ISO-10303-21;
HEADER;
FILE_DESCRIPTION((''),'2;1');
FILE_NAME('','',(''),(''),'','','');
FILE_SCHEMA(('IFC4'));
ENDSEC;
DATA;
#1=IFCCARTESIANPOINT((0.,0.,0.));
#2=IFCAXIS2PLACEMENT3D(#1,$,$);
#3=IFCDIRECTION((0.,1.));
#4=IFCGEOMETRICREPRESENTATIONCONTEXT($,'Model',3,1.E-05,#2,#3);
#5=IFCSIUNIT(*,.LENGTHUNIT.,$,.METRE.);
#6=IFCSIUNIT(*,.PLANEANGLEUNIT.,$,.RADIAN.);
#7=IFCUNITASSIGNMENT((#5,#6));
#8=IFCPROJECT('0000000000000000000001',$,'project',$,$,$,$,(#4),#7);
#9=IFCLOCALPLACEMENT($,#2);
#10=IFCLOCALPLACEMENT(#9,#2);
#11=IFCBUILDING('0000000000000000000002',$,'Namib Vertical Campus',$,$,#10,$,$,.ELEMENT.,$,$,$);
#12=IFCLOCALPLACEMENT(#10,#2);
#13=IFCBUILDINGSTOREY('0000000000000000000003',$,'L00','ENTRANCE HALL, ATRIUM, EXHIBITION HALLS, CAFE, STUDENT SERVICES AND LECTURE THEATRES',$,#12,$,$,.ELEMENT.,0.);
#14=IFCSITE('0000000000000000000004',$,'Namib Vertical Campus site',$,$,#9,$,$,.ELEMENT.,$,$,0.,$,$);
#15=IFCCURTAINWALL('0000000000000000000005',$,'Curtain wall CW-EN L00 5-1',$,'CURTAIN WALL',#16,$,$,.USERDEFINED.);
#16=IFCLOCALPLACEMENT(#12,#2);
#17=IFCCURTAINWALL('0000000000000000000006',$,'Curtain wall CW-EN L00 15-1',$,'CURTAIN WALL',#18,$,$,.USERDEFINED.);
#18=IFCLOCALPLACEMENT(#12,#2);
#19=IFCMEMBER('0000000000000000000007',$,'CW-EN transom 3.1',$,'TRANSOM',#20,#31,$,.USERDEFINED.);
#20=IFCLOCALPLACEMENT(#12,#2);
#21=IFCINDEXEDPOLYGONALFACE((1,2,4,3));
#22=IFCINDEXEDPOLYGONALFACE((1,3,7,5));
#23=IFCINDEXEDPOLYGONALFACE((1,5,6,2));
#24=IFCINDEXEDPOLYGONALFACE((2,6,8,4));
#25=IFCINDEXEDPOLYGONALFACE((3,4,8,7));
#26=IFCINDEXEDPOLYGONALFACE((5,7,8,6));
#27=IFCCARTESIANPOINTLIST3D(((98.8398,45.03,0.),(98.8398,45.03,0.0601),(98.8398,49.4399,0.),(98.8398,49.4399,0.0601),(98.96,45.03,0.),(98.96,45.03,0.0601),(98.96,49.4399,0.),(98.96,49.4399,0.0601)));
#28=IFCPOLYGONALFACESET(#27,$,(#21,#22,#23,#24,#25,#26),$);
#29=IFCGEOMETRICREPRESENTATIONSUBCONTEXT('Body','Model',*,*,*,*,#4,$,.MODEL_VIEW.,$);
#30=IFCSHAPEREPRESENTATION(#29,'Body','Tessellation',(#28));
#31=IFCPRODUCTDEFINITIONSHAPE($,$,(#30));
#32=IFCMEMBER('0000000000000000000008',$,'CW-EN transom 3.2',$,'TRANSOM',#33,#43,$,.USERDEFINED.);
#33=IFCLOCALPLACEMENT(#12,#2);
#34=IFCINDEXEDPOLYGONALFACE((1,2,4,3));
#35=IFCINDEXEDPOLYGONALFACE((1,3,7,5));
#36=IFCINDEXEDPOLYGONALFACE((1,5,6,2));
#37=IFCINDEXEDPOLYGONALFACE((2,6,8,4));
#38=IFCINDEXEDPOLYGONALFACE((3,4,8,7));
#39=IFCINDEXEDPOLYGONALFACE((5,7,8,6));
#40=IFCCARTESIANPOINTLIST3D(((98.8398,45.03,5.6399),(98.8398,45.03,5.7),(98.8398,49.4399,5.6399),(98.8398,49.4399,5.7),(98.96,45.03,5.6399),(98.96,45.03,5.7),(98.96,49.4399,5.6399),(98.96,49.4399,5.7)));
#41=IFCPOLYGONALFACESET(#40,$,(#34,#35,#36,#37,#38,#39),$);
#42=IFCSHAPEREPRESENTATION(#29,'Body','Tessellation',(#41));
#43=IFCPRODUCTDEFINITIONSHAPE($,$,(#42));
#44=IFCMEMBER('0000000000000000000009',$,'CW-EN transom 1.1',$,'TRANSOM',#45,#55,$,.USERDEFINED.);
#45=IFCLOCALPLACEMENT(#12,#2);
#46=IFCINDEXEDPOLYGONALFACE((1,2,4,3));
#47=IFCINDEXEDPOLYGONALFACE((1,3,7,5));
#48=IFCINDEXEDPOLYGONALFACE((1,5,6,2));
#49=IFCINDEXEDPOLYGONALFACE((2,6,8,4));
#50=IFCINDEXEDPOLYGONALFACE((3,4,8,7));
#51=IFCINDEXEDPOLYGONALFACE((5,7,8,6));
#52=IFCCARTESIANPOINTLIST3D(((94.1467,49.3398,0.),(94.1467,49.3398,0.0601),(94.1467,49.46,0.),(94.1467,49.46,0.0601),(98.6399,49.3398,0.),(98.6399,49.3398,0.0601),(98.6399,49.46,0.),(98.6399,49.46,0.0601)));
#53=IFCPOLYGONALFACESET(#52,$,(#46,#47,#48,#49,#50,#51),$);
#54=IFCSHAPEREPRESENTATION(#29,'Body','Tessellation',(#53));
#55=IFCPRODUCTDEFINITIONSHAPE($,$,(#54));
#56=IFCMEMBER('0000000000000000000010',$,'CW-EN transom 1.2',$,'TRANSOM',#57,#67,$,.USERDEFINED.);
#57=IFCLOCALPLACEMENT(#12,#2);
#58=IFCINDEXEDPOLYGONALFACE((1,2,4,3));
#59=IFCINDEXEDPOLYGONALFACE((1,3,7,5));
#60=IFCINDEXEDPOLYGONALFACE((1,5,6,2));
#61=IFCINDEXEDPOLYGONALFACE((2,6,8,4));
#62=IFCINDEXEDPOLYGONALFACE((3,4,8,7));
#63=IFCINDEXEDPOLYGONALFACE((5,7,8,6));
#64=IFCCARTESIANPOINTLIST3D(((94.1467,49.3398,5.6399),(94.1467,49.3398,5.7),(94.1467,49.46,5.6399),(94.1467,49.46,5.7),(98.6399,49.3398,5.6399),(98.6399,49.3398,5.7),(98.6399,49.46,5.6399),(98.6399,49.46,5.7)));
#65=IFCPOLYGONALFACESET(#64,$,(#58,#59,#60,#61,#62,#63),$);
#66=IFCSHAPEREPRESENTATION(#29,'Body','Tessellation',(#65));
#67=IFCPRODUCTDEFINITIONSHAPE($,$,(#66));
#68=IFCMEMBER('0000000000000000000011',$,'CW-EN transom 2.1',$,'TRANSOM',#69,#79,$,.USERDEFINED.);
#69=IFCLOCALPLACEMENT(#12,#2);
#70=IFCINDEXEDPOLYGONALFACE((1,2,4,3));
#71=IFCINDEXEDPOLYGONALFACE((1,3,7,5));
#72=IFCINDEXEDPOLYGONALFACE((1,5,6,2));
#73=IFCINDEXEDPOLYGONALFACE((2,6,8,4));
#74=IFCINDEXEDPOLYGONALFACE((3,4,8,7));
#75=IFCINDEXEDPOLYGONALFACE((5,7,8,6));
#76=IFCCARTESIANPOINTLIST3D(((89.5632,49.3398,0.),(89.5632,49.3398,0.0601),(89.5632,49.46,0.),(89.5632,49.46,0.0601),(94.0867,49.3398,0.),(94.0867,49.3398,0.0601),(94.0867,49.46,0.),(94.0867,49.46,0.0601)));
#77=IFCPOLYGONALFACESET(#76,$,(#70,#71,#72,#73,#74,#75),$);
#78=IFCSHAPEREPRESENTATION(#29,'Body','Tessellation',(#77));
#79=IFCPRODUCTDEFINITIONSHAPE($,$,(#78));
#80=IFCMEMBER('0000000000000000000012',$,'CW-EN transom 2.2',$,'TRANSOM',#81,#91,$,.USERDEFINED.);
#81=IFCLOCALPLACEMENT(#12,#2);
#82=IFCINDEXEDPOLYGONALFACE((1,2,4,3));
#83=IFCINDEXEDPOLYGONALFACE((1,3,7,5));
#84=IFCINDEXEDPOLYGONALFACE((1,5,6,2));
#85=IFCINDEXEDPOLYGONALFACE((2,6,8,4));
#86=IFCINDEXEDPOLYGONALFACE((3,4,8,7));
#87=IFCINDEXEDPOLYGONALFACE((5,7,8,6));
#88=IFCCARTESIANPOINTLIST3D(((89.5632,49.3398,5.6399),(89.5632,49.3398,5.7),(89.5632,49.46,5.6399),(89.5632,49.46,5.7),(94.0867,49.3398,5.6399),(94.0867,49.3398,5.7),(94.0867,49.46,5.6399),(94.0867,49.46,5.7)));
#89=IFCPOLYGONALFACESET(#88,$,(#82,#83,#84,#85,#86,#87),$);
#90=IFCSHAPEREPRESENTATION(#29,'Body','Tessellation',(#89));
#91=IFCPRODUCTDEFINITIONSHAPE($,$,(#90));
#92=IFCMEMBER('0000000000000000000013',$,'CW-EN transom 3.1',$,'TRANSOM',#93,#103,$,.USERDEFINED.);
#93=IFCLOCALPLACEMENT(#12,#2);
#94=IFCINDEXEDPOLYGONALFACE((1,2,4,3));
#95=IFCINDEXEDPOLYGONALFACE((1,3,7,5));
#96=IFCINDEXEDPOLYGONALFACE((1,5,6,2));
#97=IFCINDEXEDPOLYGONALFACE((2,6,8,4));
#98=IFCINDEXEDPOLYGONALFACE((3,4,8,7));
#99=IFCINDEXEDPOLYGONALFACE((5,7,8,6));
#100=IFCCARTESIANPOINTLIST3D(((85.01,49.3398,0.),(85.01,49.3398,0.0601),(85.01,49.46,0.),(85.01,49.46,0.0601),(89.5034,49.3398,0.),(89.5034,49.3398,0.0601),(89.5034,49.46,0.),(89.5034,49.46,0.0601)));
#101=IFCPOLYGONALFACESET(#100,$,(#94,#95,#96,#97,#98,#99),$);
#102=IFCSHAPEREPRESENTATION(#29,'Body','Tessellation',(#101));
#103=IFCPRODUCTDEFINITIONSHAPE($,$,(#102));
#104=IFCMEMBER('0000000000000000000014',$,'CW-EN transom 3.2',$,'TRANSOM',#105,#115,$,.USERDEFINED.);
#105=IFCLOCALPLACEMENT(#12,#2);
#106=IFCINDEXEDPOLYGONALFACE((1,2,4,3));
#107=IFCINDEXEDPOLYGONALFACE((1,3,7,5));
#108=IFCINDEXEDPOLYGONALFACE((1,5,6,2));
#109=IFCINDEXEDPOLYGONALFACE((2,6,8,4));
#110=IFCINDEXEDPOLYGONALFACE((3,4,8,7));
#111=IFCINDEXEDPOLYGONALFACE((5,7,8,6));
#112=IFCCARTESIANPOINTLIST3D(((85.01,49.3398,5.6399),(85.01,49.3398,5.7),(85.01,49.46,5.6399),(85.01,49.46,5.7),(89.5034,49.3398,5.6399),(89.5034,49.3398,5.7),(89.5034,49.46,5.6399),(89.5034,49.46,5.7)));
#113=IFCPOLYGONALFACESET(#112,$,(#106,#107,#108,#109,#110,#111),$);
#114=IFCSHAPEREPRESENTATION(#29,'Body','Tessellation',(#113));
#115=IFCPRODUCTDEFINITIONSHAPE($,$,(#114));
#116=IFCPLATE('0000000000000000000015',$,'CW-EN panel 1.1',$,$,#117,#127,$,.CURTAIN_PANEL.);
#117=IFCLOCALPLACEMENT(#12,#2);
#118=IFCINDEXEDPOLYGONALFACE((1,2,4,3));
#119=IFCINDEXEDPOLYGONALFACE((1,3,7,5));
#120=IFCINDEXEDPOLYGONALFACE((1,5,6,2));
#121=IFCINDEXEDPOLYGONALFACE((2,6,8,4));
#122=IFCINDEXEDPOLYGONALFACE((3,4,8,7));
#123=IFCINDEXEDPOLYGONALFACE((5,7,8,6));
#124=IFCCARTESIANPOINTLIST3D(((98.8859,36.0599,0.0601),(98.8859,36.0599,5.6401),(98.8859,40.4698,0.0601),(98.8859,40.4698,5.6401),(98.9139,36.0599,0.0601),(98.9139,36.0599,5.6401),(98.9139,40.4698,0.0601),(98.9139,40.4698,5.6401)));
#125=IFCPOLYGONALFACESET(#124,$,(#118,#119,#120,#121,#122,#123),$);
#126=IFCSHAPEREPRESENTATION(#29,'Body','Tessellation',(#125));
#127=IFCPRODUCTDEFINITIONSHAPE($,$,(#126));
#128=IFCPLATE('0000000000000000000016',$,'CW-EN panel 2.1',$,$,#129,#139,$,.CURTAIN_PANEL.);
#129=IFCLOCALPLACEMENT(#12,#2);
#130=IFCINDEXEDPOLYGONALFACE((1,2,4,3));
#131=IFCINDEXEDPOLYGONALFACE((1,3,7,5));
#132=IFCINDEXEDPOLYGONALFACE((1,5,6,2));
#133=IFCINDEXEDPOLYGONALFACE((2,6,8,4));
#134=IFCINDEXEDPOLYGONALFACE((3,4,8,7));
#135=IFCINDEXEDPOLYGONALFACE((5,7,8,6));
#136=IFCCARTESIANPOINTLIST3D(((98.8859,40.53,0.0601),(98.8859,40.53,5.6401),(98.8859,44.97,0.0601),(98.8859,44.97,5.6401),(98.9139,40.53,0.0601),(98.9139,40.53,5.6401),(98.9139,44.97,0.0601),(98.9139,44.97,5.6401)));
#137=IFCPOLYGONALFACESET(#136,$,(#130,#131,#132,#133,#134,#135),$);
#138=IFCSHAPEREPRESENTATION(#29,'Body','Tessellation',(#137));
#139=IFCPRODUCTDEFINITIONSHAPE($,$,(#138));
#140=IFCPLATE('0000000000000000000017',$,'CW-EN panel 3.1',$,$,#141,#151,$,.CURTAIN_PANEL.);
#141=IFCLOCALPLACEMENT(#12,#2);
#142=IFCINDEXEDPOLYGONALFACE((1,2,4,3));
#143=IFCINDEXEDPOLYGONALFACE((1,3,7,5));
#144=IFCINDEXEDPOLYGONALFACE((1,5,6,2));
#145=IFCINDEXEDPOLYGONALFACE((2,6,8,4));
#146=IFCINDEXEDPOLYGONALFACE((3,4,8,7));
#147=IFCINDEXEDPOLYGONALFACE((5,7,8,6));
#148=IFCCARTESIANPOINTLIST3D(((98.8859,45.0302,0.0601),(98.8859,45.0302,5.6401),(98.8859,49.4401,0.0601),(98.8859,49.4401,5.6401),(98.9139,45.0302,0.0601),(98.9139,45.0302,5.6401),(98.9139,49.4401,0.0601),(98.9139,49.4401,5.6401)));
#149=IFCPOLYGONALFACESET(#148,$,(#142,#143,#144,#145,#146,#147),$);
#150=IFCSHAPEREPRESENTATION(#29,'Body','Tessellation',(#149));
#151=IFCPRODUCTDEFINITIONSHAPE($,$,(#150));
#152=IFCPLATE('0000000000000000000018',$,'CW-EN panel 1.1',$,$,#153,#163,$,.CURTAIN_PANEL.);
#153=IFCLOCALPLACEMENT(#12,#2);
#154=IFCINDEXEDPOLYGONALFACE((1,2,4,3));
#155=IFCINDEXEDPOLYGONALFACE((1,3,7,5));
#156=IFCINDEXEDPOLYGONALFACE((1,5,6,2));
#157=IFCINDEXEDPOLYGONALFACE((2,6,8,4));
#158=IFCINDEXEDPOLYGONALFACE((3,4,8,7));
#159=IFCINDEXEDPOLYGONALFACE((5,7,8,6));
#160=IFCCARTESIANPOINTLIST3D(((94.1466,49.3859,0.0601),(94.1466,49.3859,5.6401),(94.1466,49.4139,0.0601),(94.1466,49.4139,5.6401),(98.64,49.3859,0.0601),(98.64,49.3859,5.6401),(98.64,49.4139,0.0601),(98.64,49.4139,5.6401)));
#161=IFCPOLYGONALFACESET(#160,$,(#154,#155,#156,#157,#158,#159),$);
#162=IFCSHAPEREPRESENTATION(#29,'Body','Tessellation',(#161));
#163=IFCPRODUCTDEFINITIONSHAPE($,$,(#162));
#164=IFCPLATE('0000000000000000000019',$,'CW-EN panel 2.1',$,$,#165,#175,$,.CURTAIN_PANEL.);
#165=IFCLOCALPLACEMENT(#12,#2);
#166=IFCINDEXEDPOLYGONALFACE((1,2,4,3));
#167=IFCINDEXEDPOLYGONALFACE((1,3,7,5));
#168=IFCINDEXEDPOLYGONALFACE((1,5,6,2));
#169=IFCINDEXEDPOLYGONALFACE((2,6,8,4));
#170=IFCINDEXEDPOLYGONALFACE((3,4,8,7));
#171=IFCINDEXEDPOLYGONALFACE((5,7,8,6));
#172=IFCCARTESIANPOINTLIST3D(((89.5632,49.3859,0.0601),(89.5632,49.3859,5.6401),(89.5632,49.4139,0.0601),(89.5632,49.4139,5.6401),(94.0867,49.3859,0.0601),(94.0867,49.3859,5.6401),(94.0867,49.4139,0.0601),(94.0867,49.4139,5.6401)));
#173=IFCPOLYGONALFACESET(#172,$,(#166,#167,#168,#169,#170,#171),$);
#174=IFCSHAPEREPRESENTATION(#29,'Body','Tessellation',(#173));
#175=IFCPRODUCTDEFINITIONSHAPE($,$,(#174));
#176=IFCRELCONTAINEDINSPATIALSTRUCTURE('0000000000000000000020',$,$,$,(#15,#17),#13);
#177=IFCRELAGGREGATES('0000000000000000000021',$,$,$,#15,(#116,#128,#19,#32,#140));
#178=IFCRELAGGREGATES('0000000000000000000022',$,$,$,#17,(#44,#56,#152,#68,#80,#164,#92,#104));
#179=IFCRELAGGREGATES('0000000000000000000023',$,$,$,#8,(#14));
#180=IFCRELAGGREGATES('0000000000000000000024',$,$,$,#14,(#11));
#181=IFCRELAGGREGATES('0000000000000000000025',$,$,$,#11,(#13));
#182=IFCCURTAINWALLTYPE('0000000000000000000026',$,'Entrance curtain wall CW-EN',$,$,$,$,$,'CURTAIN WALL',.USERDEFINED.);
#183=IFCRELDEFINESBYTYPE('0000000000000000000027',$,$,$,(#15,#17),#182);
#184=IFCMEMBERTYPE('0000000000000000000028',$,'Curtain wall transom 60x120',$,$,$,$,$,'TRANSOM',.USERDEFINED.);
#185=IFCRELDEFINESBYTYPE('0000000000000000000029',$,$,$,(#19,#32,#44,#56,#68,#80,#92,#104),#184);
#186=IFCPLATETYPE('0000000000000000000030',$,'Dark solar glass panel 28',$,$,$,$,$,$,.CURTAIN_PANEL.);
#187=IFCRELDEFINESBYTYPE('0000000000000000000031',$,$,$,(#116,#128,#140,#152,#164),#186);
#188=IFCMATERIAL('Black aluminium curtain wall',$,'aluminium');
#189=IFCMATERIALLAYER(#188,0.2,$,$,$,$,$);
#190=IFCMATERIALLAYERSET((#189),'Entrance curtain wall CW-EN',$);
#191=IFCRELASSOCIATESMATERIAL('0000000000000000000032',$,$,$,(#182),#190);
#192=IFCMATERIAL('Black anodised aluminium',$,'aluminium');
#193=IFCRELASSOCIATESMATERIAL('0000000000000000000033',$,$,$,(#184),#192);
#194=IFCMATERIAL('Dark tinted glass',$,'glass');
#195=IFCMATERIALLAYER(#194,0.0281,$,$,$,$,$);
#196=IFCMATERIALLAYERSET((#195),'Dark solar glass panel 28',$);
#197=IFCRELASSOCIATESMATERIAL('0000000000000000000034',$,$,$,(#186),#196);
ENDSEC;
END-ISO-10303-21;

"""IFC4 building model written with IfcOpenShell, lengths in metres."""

from ifc_helpers import new_model, si_unit, direction, frame, origin, origin_2d, place, context, subcontext, project, spatial, rectangle, extrude, material, layer, layer_set, material_profile, profile_set, type_object, element, aggregate, save


model = new_model("IFC4")

# Units and contexts
model_context = context("Model", 3, precision=1e-05, world=origin(), true_north=direction((0.0, 1.0)))
body_context = subcontext(model_context, "Body", "Model", "MODEL_VIEW")
ifc_project = project(units=[si_unit("LENGTHUNIT", "METRE"), si_unit("PLANEANGLEUNIT", "RADIAN")], contexts=[model_context])

# Site, building, storey
site_placement = place(None, origin())
site = spatial("IfcSite", under=ifc_project, at=site_placement, Name="Namib Vertical Campus site", CompositionType="ELEMENT", RefElevation=0.0)
building_placement = place(site_placement, origin())
building = spatial("IfcBuilding", under=site, at=building_placement, Name="Namib Vertical Campus", CompositionType="ELEMENT")
storey_placement = place(building_placement, origin())
storey = spatial("IfcBuildingStorey", under=building, at=storey_placement, Name="L00", Description="ENTRANCE HALL, ATRIUM, EXHIBITION HALLS, CAFE, STUDENT SERVICES AND LECTURE THEATRES", CompositionType="ELEMENT", Elevation=0.0)

# Curtain walls
ifc_material_1 = material(Name="Black aluminium curtain wall", Category="aluminium")
ifc_layer_1 = layer(ifc_material_1, 0.2)
ifc_layer_set_1 = layer_set([ifc_layer_1], Name="Entrance curtain wall CW-EN")
curtain_wall_type = type_object("IfcCurtainWallType", Name="Entrance curtain wall CW-EN", ElementType="CURTAIN WALL", PredefinedType="USERDEFINED", material=ifc_layer_set_1)
curtain_wall_1_placement = place(storey_placement, origin())
curtain_wall_1 = element("IfcCurtainWall", 1, at=curtain_wall_1_placement, inside=storey, type_object=curtain_wall_type, Name="Curtain wall CW-EN L00 5-1", ObjectType="CURTAIN WALL", PredefinedType="USERDEFINED")
curtain_wall_2_placement = place(storey_placement, origin())
curtain_wall_2 = element("IfcCurtainWall", 2, at=curtain_wall_2_placement, inside=storey, type_object=curtain_wall_type, Name="Curtain wall CW-EN L00 15-1", ObjectType="CURTAIN WALL", PredefinedType="USERDEFINED")

# Members
ifc_material_2 = material(Name="Black anodised aluminium", Category="aluminium")
ifc_material_profile_1 = material_profile(ifc_material_2, rectangle(XDim=0.0601, YDim=0.1201, at=origin_2d()))
ifc_profile_set_1 = profile_set([ifc_material_profile_1], Name="Black anodised aluminium")
member_type_1 = type_object("IfcMemberType", Name="Curtain wall transom 60x120", ElementType="TRANSOM", PredefinedType="USERDEFINED", material=ifc_profile_set_1)
member_1_placement = place(storey_placement, frame((98.8999, 45.03, 0.03), z_axis=(0.0, 1.0, 0.0), x_axis=(0.0, 0.0, 1.0)))
member_1 = element("IfcMember", 3, at=member_1_placement, type_object=member_type_1, Name="CW-EN transom 3.1", ObjectType="TRANSOM", PredefinedType="USERDEFINED", context=body_context, shape_type="SweptSolid", body=[
    extrude(rectangle(XDim=0.0601, YDim=0.1201, at=origin_2d()), origin(), (0.0, 0.0, 1.0), 4.4099),
])
member_2_placement = place(storey_placement, frame((98.8999, 45.03, 5.6699), z_axis=(0.0, 1.0, 0.0), x_axis=(0.0, 0.0, 1.0)))
member_2 = element("IfcMember", 4, at=member_2_placement, type_object=member_type_1, Name="CW-EN transom 3.2", ObjectType="TRANSOM", PredefinedType="USERDEFINED", context=body_context, shape_type="SweptSolid", body=[
    extrude(rectangle(XDim=0.0601, YDim=0.1201, at=origin_2d()), origin(), (0.0, 0.0, 1.0), 4.4099),
])
member_3_placement = place(storey_placement, frame((98.6399, 49.3999, 0.03), z_axis=(-1.0, 0.0, 0.0), x_axis=(0.0, 0.0, 1.0)))
member_3 = element("IfcMember", 5, at=member_3_placement, type_object=member_type_1, Name="CW-EN transom 1.1", ObjectType="TRANSOM", PredefinedType="USERDEFINED", context=body_context, shape_type="SweptSolid", body=[
    extrude(rectangle(XDim=0.0601, YDim=0.1201, at=origin_2d()), origin(), (0.0, 0.0, 1.0), 4.4932),
])
member_4_placement = place(storey_placement, frame((98.6399, 49.3999, 5.6699), z_axis=(-1.0, 0.0, 0.0), x_axis=(0.0, 0.0, 1.0)))
member_4 = element("IfcMember", 6, at=member_4_placement, type_object=member_type_1, Name="CW-EN transom 1.2", ObjectType="TRANSOM", PredefinedType="USERDEFINED", context=body_context, shape_type="SweptSolid", body=[
    extrude(rectangle(XDim=0.0601, YDim=0.1201, at=origin_2d()), origin(), (0.0, 0.0, 1.0), 4.4932),
])
member_5_placement = place(storey_placement, frame((94.0867, 49.3999, 0.03), z_axis=(-1.0, 0.0, 0.0), x_axis=(0.0, 0.0, 1.0)))
member_5 = element("IfcMember", 7, at=member_5_placement, type_object=member_type_1, Name="CW-EN transom 2.1", ObjectType="TRANSOM", PredefinedType="USERDEFINED", context=body_context, shape_type="SweptSolid", body=[
    extrude(rectangle(XDim=0.0601, YDim=0.1201, at=origin_2d()), origin(), (0.0, 0.0, 1.0), 4.5234),
])
member_6_placement = place(storey_placement, frame((94.0867, 49.3999, 5.6699), z_axis=(-1.0, 0.0, 0.0), x_axis=(0.0, 0.0, 1.0)))
member_6 = element("IfcMember", 8, at=member_6_placement, type_object=member_type_1, Name="CW-EN transom 2.2", ObjectType="TRANSOM", PredefinedType="USERDEFINED", context=body_context, shape_type="SweptSolid", body=[
    extrude(rectangle(XDim=0.0601, YDim=0.1201, at=origin_2d()), origin(), (0.0, 0.0, 1.0), 4.5234),
])
member_7_placement = place(storey_placement, frame((89.5034, 49.3999, 0.03), z_axis=(-1.0, 0.0, 0.0), x_axis=(0.0, 0.0, 1.0)))
member_7 = element("IfcMember", 9, at=member_7_placement, type_object=member_type_1, Name="CW-EN transom 3.1", ObjectType="TRANSOM", PredefinedType="USERDEFINED", context=body_context, shape_type="SweptSolid", body=[
    extrude(rectangle(XDim=0.0601, YDim=0.1201, at=origin_2d()), origin(), (0.0, 0.0, 1.0), 4.4934),
])
member_8_placement = place(storey_placement, frame((89.5034, 49.3999, 5.6699), z_axis=(-1.0, 0.0, 0.0), x_axis=(0.0, 0.0, 1.0)))
member_8 = element("IfcMember", 10, at=member_8_placement, type_object=member_type_1, Name="CW-EN transom 3.2", ObjectType="TRANSOM", PredefinedType="USERDEFINED", context=body_context, shape_type="SweptSolid", body=[
    extrude(rectangle(XDim=0.0601, YDim=0.1201, at=origin_2d()), origin(), (0.0, 0.0, 1.0), 4.4934),
])

# Plates
ifc_material_3 = material(Name="Dark tinted glass", Category="glass")
ifc_layer_2 = layer(ifc_material_3, 0.0281)
ifc_layer_set_2 = layer_set([ifc_layer_2], Name="Dark solar glass panel 28")
plate_type = type_object("IfcPlateType", Name="Dark solar glass panel 28", PredefinedType="CURTAIN_PANEL", material=ifc_layer_set_2)
plate_1_placement = place(storey_placement, frame((98.8999, 38.2649, 0.0601), z_axis=(0.0, 0.0, 1.0), x_axis=(0.0, 1.0, 0.0)))
plate_1 = element("IfcPlate", 11, at=plate_1_placement, type_object=plate_type, Name="CW-EN panel 1.1", PredefinedType="CURTAIN_PANEL", context=body_context, shape_type="SweptSolid", body=[
    extrude(rectangle(XDim=4.4099, YDim=0.0281, at=origin_2d()), origin(), (0.0, 0.0, 1.0), 5.5801),
])
plate_2_placement = place(storey_placement, frame((98.8999, 42.75, 0.0601), z_axis=(0.0, 0.0, 1.0), x_axis=(0.0, 1.0, 0.0)))
plate_2 = element("IfcPlate", 12, at=plate_2_placement, type_object=plate_type, Name="CW-EN panel 2.1", PredefinedType="CURTAIN_PANEL", context=body_context, shape_type="SweptSolid", body=[
    extrude(rectangle(XDim=4.4399, YDim=0.0281, at=origin_2d()), origin(), (0.0, 0.0, 1.0), 5.5801),
])
plate_3_placement = place(storey_placement, frame((98.8999, 47.2351, 0.0601), z_axis=(0.0, 0.0, 1.0), x_axis=(0.0, 1.0, 0.0)))
plate_3 = element("IfcPlate", 13, at=plate_3_placement, type_object=plate_type, Name="CW-EN panel 3.1", PredefinedType="CURTAIN_PANEL", context=body_context, shape_type="SweptSolid", body=[
    extrude(rectangle(XDim=4.4099, YDim=0.0281, at=origin_2d()), origin(), (0.0, 0.0, 1.0), 5.5801),
])
aggregate(curtain_wall_1, [plate_1, plate_2, member_1, member_2, plate_3])
plate_4_placement = place(storey_placement, frame((96.3933, 49.3999, 0.0601), z_axis=(0.0, 0.0, 1.0), x_axis=(-1.0, 0.0, 0.0)))
plate_4 = element("IfcPlate", 14, at=plate_4_placement, type_object=plate_type, Name="CW-EN panel 1.1", PredefinedType="CURTAIN_PANEL", context=body_context, shape_type="SweptSolid", body=[
    extrude(rectangle(XDim=4.4934, YDim=0.0281, at=origin_2d()), origin(), (0.0, 0.0, 1.0), 5.5801),
])
plate_5_placement = place(storey_placement, frame((91.825, 49.3999, 0.0601), z_axis=(0.0, 0.0, 1.0), x_axis=(-1.0, 0.0, 0.0)))
plate_5 = element("IfcPlate", 15, at=plate_5_placement, type_object=plate_type, Name="CW-EN panel 2.1", PredefinedType="CURTAIN_PANEL", context=body_context, shape_type="SweptSolid", body=[
    extrude(rectangle(XDim=4.5234, YDim=0.0281, at=origin_2d()), origin(), (0.0, 0.0, 1.0), 5.5801),
])
aggregate(curtain_wall_2, [member_3, member_4, plate_4, member_5, member_6, plate_5, member_7, member_8])

save(model, "model.ifc")
